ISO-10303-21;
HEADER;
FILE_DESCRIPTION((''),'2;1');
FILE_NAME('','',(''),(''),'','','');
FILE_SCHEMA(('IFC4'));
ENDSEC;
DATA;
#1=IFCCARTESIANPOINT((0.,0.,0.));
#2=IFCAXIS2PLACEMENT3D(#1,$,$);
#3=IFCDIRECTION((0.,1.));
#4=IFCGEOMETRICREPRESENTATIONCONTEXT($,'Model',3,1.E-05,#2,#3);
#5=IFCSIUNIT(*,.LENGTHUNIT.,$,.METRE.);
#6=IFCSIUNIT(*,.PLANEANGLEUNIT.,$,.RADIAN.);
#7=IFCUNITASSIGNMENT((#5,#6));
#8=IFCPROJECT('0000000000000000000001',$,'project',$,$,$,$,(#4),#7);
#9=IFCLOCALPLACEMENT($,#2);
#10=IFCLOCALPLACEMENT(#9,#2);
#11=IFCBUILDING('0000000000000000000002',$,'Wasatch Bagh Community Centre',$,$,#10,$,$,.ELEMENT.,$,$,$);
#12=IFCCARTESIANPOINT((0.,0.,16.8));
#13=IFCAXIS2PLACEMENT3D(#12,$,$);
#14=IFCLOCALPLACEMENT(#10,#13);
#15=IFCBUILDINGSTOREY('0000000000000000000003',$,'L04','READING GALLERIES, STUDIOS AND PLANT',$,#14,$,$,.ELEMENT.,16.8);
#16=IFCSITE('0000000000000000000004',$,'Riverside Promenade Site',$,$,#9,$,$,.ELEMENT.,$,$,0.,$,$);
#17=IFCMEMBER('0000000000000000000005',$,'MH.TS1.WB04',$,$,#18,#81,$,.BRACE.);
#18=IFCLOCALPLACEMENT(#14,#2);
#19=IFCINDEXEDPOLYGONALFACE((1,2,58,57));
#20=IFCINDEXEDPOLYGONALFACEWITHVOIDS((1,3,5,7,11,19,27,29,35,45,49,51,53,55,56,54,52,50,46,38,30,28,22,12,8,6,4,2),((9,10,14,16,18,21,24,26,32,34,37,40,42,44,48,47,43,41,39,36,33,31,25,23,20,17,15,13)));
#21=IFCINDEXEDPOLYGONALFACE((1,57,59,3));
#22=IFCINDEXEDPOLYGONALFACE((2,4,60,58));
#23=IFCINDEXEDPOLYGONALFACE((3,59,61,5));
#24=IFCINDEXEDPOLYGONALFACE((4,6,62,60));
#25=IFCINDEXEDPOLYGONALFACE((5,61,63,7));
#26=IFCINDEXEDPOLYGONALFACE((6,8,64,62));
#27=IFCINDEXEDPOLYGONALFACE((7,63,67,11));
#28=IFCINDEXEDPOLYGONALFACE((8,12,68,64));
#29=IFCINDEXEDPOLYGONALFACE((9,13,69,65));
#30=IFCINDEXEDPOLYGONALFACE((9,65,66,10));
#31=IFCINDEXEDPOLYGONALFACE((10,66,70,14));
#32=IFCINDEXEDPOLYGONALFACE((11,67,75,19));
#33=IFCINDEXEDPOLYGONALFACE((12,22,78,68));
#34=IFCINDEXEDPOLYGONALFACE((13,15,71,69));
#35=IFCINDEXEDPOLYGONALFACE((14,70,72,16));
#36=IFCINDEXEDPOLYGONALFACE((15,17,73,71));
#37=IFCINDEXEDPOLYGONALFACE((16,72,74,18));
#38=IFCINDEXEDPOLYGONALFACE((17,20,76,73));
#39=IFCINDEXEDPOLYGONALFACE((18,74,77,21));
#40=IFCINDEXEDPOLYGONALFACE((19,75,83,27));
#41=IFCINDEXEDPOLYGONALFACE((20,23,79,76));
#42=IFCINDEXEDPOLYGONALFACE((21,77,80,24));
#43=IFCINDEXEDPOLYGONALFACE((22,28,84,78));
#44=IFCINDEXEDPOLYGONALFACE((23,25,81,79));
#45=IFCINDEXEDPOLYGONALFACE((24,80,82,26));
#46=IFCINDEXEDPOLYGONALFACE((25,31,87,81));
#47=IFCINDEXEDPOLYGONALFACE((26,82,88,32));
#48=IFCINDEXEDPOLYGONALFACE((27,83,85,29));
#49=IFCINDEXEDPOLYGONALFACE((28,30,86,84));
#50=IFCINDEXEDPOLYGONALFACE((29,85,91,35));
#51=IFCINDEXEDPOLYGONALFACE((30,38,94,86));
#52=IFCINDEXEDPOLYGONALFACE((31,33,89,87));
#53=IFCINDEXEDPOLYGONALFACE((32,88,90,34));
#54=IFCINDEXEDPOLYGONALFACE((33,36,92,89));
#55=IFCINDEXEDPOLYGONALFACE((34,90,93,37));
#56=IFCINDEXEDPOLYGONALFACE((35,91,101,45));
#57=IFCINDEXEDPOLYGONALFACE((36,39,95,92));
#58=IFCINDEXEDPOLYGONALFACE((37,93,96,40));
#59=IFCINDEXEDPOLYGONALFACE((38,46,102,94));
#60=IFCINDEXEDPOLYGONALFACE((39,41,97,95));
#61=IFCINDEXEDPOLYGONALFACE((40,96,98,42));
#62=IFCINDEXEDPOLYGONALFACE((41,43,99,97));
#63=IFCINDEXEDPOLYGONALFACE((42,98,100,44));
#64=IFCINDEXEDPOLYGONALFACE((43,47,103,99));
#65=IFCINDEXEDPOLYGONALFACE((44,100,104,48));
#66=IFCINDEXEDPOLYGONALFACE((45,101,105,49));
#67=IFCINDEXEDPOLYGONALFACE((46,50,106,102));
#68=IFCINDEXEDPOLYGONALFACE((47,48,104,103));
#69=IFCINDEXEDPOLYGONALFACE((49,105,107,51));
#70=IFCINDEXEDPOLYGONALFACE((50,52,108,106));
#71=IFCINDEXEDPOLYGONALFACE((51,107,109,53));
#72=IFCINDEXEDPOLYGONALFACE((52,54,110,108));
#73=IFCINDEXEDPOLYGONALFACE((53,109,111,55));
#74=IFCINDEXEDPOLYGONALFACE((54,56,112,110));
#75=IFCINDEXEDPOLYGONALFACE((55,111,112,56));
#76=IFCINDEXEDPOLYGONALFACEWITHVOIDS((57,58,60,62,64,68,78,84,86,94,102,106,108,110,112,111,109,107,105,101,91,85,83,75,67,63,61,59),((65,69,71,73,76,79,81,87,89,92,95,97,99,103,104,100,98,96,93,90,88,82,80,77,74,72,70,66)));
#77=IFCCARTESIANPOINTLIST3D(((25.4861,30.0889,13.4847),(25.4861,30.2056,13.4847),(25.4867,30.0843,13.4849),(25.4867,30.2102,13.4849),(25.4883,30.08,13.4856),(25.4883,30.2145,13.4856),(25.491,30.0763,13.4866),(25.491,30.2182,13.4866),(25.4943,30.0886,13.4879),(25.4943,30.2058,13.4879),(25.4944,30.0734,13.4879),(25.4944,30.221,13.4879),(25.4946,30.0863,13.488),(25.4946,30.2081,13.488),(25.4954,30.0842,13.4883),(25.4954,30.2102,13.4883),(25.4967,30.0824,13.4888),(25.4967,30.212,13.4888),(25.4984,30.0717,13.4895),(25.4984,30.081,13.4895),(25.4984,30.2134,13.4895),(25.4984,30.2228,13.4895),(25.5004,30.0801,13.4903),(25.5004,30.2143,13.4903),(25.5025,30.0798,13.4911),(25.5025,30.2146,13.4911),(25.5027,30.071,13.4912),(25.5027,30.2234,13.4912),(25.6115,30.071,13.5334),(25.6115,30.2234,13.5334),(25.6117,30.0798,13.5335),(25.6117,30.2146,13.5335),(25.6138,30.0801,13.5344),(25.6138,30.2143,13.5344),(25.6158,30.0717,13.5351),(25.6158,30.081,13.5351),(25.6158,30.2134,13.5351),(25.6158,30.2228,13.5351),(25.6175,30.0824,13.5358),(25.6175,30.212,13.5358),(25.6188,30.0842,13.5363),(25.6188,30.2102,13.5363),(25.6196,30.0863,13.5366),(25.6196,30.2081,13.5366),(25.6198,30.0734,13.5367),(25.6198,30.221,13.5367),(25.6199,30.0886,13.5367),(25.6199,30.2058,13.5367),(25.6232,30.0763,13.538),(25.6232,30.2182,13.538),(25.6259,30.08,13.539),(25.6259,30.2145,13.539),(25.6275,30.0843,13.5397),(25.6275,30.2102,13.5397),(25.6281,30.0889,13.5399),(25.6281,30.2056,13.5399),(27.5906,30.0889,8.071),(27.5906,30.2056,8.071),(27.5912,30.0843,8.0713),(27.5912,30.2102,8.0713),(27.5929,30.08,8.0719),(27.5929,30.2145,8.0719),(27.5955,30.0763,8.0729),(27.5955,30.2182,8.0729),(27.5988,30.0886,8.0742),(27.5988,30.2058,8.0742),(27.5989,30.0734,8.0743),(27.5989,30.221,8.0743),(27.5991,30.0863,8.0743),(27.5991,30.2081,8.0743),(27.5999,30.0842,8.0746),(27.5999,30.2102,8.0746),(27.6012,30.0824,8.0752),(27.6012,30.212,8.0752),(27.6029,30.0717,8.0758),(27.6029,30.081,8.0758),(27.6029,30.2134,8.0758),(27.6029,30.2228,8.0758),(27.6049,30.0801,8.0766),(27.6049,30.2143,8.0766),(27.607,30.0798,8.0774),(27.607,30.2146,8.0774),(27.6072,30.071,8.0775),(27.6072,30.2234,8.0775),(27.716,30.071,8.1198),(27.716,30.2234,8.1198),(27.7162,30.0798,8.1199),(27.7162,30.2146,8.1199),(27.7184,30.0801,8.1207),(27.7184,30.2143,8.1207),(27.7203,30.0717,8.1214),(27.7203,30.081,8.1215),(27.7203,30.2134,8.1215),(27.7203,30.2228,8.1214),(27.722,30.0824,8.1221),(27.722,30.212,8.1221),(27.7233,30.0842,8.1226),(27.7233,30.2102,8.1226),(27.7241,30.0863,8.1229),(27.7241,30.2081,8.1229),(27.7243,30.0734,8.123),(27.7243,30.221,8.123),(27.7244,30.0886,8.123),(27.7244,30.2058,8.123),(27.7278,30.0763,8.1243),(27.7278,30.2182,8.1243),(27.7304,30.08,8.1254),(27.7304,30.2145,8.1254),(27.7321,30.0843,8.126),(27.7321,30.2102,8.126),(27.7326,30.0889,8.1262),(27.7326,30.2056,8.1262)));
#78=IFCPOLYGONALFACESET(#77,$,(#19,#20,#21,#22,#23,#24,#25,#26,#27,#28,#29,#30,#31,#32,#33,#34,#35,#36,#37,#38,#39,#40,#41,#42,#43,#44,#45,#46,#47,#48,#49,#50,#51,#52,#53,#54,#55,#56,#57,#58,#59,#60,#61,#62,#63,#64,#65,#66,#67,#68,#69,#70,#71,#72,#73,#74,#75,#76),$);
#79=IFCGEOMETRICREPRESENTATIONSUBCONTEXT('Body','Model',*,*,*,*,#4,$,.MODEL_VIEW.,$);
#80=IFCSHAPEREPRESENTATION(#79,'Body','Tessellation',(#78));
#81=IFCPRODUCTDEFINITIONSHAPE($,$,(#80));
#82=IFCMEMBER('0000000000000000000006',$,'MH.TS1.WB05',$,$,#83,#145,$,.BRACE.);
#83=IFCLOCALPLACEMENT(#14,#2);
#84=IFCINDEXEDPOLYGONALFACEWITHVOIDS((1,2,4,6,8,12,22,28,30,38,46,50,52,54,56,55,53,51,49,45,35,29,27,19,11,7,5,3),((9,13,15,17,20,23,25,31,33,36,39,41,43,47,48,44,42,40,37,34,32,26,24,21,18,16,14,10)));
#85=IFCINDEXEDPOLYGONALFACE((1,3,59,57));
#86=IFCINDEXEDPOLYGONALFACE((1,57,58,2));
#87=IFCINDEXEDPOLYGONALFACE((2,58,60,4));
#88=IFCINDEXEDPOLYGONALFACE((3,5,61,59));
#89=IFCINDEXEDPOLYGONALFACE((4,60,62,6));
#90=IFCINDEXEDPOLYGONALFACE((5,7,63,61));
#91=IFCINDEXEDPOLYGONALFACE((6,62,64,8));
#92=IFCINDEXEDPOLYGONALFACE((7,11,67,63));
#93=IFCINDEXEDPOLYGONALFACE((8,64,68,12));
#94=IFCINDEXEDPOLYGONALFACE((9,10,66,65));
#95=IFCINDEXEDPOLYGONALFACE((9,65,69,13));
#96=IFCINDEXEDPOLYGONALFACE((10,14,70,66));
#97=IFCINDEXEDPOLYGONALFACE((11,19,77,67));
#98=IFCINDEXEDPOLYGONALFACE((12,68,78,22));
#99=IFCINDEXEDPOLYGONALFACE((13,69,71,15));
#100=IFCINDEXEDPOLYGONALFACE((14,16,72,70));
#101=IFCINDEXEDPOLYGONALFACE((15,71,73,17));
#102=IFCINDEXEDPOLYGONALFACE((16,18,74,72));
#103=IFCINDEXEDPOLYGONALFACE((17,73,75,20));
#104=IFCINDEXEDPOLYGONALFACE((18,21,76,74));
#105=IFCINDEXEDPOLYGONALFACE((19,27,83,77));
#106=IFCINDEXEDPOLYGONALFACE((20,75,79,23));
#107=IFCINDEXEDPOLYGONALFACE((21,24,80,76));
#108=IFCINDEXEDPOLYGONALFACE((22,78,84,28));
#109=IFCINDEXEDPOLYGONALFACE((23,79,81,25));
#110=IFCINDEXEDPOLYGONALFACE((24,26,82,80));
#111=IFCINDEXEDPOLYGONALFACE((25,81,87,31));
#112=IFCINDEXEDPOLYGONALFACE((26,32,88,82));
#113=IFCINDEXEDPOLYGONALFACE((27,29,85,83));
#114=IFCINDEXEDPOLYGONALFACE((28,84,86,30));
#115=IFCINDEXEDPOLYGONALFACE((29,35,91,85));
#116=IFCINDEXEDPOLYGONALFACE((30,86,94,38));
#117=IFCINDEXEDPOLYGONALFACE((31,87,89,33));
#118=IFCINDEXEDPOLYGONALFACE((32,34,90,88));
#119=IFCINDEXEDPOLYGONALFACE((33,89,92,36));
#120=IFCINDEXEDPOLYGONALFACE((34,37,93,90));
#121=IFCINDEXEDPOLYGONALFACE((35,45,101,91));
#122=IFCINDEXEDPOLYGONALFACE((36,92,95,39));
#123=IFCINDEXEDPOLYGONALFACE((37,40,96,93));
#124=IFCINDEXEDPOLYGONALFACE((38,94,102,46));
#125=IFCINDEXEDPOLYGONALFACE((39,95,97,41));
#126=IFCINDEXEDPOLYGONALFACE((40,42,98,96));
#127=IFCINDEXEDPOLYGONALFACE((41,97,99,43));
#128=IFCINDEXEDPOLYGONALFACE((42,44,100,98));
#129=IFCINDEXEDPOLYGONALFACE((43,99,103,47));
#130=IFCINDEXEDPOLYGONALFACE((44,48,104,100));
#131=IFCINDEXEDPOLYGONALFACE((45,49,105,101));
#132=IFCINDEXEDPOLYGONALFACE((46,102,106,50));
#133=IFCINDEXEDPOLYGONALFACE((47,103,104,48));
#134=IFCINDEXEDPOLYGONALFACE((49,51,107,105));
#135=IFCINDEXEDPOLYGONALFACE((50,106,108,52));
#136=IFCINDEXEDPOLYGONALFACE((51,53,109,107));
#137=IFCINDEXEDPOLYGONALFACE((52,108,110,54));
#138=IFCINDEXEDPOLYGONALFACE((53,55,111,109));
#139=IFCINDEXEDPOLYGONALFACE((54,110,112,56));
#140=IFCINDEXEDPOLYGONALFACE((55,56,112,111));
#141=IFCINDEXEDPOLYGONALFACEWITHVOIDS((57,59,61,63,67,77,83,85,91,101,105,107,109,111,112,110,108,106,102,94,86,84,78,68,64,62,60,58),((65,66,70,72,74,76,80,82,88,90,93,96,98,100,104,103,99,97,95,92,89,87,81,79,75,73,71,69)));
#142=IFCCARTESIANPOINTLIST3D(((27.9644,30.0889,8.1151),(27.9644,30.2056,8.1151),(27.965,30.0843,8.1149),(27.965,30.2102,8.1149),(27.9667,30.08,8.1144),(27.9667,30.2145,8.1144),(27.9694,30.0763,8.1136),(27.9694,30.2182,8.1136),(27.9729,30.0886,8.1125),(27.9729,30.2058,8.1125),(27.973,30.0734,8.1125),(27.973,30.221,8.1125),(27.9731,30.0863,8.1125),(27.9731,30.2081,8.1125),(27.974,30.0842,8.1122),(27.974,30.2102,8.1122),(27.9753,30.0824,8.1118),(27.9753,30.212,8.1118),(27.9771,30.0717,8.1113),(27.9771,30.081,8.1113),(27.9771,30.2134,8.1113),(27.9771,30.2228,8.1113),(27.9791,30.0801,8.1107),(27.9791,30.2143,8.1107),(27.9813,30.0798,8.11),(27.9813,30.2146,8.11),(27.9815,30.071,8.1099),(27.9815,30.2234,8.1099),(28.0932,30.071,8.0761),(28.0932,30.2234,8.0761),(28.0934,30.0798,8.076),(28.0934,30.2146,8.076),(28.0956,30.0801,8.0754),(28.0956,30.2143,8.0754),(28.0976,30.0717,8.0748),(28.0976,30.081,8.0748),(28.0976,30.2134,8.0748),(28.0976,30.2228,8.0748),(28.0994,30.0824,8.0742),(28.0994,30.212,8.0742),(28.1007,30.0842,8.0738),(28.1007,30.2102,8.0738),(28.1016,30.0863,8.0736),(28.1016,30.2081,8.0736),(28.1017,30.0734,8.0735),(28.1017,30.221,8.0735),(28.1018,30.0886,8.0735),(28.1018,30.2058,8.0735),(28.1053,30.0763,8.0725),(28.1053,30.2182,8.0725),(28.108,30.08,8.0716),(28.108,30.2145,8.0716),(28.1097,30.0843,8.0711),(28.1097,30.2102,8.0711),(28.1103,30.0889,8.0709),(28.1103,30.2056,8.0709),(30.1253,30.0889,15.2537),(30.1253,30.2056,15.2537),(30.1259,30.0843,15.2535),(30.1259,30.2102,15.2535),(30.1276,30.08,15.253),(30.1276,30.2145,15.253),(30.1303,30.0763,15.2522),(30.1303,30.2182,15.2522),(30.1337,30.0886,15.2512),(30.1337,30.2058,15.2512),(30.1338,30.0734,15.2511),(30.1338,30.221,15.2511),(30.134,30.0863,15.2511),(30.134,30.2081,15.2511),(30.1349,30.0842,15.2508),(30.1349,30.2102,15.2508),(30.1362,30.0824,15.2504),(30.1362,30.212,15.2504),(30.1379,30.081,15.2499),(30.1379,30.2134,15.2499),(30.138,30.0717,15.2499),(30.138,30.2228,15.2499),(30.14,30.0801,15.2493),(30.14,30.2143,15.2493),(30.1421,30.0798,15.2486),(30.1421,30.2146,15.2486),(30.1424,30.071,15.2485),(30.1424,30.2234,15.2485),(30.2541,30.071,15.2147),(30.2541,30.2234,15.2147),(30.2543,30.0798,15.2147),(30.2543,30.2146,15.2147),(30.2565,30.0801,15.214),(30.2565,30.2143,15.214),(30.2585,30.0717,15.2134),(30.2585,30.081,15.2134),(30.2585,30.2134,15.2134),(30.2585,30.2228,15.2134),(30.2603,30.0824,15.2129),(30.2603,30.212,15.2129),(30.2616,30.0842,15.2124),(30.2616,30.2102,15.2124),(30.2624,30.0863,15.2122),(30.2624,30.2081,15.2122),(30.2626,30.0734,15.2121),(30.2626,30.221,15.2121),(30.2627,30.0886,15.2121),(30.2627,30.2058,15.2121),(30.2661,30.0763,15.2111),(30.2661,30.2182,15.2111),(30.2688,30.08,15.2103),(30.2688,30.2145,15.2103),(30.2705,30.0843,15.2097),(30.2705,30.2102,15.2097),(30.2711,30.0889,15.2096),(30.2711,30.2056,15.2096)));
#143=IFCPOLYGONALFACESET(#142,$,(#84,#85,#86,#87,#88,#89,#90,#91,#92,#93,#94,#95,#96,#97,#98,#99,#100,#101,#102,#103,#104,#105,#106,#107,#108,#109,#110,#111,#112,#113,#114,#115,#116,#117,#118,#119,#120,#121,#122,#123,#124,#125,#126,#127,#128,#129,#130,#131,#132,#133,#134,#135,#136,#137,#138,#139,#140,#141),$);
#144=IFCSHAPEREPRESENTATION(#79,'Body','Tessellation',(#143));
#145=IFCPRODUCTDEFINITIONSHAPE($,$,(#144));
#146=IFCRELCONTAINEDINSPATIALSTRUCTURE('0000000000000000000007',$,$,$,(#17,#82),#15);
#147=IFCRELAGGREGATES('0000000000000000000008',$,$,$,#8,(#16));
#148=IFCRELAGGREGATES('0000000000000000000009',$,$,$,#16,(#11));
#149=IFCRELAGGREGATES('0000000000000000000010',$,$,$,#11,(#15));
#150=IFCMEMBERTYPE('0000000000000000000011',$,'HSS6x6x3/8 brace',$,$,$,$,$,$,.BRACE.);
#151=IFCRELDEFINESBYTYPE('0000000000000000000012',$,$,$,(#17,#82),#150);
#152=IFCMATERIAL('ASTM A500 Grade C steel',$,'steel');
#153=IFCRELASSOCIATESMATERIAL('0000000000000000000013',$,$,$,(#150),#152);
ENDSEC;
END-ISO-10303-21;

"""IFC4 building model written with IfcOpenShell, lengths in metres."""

from ifc_helpers import new_model, si_unit, direction, frame, origin, origin_2d, place, context, subcontext, project, spatial, hollow_rectangle, extrude, material, material_profile, profile_set, type_object, element, save


model = new_model("IFC4")

# Units and contexts
model_context = context("Model", 3, precision=1e-05, world=origin(), true_north=direction((0.0, 1.0)))
body_context = subcontext(model_context, "Body", "Model", "MODEL_VIEW")
ifc_project = project(units=[si_unit("LENGTHUNIT", "METRE"), si_unit("PLANEANGLEUNIT", "RADIAN")], contexts=[model_context])

# Site, building, storey
site_placement = place(None, origin())
site = spatial("IfcSite", under=ifc_project, at=site_placement, Name="Riverside Promenade Site", CompositionType="ELEMENT", RefElevation=0.0)
building_placement = place(site_placement, origin())
building = spatial("IfcBuilding", under=site, at=building_placement, Name="Wasatch Bagh Community Centre", CompositionType="ELEMENT")
storey_placement = place(building_placement, frame((0.0, 0.0, 16.8)))
storey = spatial("IfcBuildingStorey", under=building, at=storey_placement, Name="L04", Description="READING GALLERIES, STUDIOS AND PLANT", CompositionType="ELEMENT", Elevation=16.8)

# Members
ifc_material_1 = material(Name="ASTM A500 Grade C steel", Category="steel")
ifc_material_profile_1 = material_profile(ifc_material_1, hollow_rectangle(XDim=0.1523, YDim=0.1523, WallThickness=0.0088, InnerFilletRadius=0.0088, OuterFilletRadius=0.0178, at=origin_2d()), Name="HSS6x6x3/8")
ifc_profile_set_1 = profile_set([ifc_material_profile_1], Name="ASTM A500 Grade C steel")
member_type_1 = type_object("IfcMemberType", Name="HSS6x6x3/8 brace", PredefinedType="BRACE", material=ifc_profile_set_1)
member_1_placement = place(storey_placement, frame((27.6616, 30.1472, 8.0986), z_axis=(-0.362329, 0.0, 0.93205), x_axis=(0.0, -1.0, 0.0)))
element("IfcMember", 1, at=member_1_placement, inside=storey, type_object=member_type_1, Name="MH.TS1.WB04", PredefinedType="BRACE", context=body_context, shape_type="SweptSolid", body=[
    extrude(hollow_rectangle(XDim=0.1523, YDim=0.1523, WallThickness=0.0088, InnerFilletRadius=0.0088, OuterFilletRadius=0.0178, at=origin_2d()), origin(), (0.0, 0.0, 1.0), 5.8083),
])
member_2_placement = place(storey_placement, frame((28.0374, 30.1472, 8.093), z_axis=(0.289719, 0.0, 0.957112), x_axis=(0.0, 1.0, 0.0)))
element("IfcMember", 2, at=member_2_placement, inside=storey, type_object=member_type_1, Name="MH.TS1.WB05", PredefinedType="BRACE", context=body_context, shape_type="SweptSolid", body=[
    extrude(hollow_rectangle(XDim=0.1523, YDim=0.1523, WallThickness=0.0088, InnerFilletRadius=0.0088, OuterFilletRadius=0.0178, at=origin_2d()), origin(), (0.0, 0.0, 1.0), 7.4585),
])

save(model, "model.ifc")
